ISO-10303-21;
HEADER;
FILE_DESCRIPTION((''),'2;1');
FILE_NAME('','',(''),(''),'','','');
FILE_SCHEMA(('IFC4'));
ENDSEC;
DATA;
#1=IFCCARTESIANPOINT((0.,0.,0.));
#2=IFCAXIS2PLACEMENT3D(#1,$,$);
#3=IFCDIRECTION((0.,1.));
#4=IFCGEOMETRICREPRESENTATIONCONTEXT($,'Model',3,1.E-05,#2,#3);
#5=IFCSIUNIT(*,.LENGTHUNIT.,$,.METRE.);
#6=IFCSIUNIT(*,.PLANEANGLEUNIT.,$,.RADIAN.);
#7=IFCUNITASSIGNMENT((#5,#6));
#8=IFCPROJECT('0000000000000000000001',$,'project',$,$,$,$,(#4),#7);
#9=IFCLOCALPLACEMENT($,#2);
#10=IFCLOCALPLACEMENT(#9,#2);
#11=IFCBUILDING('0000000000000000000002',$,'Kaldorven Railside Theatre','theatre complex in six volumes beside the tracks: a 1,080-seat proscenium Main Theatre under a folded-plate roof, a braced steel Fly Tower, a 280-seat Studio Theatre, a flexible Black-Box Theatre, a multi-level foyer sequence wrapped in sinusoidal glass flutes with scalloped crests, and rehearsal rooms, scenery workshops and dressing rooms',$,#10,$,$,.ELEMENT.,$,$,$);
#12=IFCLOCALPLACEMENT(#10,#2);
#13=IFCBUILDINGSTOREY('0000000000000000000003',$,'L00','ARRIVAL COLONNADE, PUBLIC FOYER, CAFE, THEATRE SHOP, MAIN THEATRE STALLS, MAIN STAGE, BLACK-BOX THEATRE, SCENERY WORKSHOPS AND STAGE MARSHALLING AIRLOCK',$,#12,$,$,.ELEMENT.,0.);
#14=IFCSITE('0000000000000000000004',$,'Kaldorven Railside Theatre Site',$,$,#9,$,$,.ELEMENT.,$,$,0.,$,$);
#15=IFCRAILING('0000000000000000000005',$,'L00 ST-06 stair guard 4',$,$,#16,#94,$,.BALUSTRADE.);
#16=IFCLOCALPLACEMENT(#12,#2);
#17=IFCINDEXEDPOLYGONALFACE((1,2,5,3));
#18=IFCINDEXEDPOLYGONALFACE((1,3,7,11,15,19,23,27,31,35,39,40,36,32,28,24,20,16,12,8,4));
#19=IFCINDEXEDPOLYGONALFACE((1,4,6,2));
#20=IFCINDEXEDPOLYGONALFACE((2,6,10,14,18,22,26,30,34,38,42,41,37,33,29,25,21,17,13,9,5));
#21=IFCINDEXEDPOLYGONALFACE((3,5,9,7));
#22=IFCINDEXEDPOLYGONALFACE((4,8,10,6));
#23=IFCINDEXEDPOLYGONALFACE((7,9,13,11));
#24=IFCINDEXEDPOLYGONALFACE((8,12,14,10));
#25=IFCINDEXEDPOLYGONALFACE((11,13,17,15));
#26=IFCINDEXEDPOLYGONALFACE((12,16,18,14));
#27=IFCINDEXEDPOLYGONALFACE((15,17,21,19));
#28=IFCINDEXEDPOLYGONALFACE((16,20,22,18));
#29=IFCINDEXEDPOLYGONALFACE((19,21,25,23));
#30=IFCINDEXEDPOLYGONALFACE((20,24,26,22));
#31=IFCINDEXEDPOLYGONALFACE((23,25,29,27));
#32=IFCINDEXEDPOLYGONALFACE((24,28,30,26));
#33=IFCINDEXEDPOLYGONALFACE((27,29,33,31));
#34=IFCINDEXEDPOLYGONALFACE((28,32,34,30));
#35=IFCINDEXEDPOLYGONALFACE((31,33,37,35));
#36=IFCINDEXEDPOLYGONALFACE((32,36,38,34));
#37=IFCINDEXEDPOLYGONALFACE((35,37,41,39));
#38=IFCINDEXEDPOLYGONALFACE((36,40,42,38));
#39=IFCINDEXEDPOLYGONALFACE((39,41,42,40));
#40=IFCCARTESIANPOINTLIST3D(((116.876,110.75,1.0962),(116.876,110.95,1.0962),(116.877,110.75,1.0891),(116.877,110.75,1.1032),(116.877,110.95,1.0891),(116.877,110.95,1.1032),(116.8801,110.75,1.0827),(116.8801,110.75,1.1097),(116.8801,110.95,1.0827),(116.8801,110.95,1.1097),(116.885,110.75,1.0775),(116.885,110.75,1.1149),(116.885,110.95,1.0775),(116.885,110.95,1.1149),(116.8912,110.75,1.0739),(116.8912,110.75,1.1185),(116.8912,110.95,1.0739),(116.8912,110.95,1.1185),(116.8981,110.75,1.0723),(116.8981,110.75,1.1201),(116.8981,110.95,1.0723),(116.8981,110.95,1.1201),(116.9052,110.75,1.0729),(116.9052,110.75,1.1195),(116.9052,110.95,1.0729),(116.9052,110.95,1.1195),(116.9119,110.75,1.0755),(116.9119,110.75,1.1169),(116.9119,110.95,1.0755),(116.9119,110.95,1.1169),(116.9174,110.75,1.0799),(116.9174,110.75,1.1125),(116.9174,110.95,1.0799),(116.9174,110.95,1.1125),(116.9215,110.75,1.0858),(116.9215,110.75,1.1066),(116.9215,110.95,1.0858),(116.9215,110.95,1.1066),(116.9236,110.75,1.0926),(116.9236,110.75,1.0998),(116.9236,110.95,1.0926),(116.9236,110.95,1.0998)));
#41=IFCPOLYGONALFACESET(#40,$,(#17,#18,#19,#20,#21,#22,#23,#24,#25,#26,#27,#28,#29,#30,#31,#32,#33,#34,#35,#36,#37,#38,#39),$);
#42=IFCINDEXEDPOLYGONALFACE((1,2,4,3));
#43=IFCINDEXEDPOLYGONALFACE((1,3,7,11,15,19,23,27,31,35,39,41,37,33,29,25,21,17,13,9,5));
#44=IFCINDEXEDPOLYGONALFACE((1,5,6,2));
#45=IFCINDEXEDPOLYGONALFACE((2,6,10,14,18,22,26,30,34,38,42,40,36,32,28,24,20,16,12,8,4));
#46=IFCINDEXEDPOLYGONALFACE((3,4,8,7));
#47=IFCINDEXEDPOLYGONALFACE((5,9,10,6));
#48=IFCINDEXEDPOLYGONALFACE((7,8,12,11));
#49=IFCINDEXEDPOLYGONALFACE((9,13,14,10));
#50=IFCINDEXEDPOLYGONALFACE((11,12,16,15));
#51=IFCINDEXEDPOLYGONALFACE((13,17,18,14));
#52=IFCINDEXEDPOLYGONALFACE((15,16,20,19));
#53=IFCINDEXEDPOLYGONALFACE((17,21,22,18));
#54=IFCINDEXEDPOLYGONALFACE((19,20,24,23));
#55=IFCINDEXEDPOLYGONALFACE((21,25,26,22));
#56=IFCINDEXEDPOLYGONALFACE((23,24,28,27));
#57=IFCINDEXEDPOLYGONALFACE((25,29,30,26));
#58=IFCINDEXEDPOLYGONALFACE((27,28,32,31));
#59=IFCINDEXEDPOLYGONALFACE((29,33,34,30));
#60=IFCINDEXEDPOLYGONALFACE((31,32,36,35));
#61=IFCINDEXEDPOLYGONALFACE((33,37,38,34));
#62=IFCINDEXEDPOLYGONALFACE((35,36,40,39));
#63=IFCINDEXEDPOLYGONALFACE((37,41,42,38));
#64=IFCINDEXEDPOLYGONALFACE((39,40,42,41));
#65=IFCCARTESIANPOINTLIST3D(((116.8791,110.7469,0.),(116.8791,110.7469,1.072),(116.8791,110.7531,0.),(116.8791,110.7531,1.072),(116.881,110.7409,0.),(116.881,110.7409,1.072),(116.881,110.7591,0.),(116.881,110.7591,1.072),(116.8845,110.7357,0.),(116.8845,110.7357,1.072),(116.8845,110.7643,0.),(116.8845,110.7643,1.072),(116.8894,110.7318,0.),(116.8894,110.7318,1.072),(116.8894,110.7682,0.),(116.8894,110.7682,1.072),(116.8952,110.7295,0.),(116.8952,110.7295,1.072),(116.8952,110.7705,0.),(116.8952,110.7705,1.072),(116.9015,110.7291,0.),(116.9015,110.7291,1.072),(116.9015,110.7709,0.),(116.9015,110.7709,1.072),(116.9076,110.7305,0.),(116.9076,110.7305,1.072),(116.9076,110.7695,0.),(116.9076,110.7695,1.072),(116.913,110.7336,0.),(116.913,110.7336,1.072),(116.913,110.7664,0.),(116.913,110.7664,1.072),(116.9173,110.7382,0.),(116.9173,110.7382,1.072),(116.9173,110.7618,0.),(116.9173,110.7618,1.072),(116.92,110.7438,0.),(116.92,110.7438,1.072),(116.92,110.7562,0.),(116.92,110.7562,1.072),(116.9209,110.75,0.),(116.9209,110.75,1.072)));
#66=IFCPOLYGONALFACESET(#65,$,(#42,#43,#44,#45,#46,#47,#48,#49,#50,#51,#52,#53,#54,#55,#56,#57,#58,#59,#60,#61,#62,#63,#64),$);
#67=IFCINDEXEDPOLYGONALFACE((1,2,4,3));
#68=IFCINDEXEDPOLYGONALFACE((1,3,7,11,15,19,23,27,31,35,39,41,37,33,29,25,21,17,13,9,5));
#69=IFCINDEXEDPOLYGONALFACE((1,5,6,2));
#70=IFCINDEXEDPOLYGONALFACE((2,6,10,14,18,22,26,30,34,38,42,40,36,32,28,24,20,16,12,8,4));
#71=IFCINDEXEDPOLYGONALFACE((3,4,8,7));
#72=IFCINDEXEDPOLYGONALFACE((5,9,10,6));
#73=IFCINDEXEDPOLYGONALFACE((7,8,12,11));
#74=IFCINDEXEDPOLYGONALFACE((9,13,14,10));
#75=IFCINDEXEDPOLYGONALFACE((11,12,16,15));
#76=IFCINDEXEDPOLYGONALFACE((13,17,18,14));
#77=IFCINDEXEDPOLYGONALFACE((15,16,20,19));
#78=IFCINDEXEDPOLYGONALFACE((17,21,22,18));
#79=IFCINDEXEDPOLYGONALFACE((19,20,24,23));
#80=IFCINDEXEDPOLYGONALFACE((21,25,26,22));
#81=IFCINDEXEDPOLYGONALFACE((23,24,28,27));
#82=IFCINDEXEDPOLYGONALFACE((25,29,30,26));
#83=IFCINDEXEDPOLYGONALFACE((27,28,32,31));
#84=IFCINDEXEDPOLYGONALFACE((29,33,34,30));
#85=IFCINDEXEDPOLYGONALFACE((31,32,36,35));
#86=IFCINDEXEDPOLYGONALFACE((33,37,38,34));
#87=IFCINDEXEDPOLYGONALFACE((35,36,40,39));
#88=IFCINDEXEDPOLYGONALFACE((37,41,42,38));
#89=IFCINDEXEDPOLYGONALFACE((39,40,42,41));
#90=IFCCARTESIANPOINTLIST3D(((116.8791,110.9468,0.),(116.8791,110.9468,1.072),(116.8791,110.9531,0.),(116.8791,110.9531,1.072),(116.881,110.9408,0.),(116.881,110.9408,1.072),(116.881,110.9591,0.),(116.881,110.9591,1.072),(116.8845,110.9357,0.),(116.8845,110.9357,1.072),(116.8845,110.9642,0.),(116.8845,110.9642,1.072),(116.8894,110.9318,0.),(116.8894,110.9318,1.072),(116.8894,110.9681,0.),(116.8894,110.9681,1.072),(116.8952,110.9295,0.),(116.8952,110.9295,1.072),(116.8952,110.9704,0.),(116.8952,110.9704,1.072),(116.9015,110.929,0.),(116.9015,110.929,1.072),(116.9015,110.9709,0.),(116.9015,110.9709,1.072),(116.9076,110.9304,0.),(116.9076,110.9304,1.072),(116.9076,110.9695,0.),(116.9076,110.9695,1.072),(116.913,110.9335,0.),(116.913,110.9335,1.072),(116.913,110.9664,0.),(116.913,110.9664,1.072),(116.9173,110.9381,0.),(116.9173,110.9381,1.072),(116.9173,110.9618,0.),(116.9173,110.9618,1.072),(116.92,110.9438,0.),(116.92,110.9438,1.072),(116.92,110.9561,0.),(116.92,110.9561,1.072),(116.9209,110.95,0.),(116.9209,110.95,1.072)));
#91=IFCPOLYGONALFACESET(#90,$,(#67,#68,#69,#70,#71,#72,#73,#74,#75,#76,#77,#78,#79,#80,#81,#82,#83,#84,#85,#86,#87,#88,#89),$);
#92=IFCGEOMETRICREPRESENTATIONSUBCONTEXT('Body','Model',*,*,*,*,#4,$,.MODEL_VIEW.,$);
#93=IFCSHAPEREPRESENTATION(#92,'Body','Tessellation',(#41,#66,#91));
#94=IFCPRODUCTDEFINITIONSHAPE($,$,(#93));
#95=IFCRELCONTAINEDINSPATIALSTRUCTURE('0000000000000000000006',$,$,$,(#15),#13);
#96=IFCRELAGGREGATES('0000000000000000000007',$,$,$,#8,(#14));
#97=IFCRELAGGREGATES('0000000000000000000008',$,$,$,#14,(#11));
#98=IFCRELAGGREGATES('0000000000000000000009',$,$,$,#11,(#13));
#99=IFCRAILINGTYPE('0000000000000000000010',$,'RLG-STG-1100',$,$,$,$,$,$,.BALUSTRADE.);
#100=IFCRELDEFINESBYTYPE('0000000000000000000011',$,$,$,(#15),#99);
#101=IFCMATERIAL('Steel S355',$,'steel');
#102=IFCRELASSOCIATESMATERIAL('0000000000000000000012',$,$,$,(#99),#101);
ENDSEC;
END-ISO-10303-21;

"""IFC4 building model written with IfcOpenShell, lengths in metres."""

from ifc_helpers import new_model, si_unit, direction, frame, origin, origin_2d, place, context, subcontext, project, spatial, circle, extrude, material, type_object, element, save


model = new_model("IFC4")

# Units and contexts
model_context = context("Model", 3, precision=1e-05, world=origin(), true_north=direction((0.0, 1.0)))
body_context = subcontext(model_context, "Body", "Model", "MODEL_VIEW")
ifc_project = project(units=[si_unit("LENGTHUNIT", "METRE"), si_unit("PLANEANGLEUNIT", "RADIAN")], contexts=[model_context])

# Site, building, storey
site_placement = place(None, origin())
site = spatial("IfcSite", under=ifc_project, at=site_placement, Name="Kaldorven Railside Theatre Site", CompositionType="ELEMENT", RefElevation=0.0)
building_placement = place(site_placement, origin())
building = spatial("IfcBuilding", under=site, at=building_placement, Name="Kaldorven Railside Theatre", Description="theatre complex in six volumes beside the tracks: a 1,080-seat proscenium Main Theatre under a folded-plate roof, a braced steel Fly Tower, a 280-seat Studio Theatre, a flexible Black-Box Theatre, a multi-level foyer sequence wrapped in sinusoidal glass flutes with scalloped crests, and rehearsal rooms, scenery workshops and dressing rooms", CompositionType="ELEMENT")
storey_placement = place(building_placement, origin())
storey = spatial("IfcBuildingStorey", under=building, at=storey_placement, Name="L00", Description="ARRIVAL COLONNADE, PUBLIC FOYER, CAFE, THEATRE SHOP, MAIN THEATRE STALLS, MAIN STAGE, BLACK-BOX THEATRE, SCENERY WORKSHOPS AND STAGE MARSHALLING AIRLOCK", CompositionType="ELEMENT", Elevation=0.0)

# Shared definitions
ifc_material_1 = material(Name="Steel S355", Category="steel")

# Railing
railing_type_1 = type_object("IfcRailingType", Name="RLG-STG-1100", PredefinedType="BALUSTRADE", material=ifc_material_1)
railing_1_placement = place(storey_placement, frame((116.8999, 110.75, 0.0)))
element("IfcRailing", 1, at=railing_1_placement, inside=storey, type_object=railing_type_1, Name="L00 ST-06 stair guard 4", PredefinedType="BALUSTRADE", context=body_context, shape_type="SweptSolid", body=[
    extrude(circle(Radius=0.0239, at=origin_2d()), frame((0.0, 0.0, 1.0962), z_axis=(0.0, 1.0, 0.0), x_axis=(-1.0, 0.0, 0.0)), (0.0, 0.0, 1.0), 0.2),
    extrude(circle(Radius=0.021, at=origin_2d()), origin(), (0.0, 0.0, 1.0), 1.072),
    extrude(circle(Radius=0.021, at=origin_2d()), frame((0.0, 0.2, 0.0)), (0.0, 0.0, 1.0), 1.072),
])

save(model, "model.ifc")
